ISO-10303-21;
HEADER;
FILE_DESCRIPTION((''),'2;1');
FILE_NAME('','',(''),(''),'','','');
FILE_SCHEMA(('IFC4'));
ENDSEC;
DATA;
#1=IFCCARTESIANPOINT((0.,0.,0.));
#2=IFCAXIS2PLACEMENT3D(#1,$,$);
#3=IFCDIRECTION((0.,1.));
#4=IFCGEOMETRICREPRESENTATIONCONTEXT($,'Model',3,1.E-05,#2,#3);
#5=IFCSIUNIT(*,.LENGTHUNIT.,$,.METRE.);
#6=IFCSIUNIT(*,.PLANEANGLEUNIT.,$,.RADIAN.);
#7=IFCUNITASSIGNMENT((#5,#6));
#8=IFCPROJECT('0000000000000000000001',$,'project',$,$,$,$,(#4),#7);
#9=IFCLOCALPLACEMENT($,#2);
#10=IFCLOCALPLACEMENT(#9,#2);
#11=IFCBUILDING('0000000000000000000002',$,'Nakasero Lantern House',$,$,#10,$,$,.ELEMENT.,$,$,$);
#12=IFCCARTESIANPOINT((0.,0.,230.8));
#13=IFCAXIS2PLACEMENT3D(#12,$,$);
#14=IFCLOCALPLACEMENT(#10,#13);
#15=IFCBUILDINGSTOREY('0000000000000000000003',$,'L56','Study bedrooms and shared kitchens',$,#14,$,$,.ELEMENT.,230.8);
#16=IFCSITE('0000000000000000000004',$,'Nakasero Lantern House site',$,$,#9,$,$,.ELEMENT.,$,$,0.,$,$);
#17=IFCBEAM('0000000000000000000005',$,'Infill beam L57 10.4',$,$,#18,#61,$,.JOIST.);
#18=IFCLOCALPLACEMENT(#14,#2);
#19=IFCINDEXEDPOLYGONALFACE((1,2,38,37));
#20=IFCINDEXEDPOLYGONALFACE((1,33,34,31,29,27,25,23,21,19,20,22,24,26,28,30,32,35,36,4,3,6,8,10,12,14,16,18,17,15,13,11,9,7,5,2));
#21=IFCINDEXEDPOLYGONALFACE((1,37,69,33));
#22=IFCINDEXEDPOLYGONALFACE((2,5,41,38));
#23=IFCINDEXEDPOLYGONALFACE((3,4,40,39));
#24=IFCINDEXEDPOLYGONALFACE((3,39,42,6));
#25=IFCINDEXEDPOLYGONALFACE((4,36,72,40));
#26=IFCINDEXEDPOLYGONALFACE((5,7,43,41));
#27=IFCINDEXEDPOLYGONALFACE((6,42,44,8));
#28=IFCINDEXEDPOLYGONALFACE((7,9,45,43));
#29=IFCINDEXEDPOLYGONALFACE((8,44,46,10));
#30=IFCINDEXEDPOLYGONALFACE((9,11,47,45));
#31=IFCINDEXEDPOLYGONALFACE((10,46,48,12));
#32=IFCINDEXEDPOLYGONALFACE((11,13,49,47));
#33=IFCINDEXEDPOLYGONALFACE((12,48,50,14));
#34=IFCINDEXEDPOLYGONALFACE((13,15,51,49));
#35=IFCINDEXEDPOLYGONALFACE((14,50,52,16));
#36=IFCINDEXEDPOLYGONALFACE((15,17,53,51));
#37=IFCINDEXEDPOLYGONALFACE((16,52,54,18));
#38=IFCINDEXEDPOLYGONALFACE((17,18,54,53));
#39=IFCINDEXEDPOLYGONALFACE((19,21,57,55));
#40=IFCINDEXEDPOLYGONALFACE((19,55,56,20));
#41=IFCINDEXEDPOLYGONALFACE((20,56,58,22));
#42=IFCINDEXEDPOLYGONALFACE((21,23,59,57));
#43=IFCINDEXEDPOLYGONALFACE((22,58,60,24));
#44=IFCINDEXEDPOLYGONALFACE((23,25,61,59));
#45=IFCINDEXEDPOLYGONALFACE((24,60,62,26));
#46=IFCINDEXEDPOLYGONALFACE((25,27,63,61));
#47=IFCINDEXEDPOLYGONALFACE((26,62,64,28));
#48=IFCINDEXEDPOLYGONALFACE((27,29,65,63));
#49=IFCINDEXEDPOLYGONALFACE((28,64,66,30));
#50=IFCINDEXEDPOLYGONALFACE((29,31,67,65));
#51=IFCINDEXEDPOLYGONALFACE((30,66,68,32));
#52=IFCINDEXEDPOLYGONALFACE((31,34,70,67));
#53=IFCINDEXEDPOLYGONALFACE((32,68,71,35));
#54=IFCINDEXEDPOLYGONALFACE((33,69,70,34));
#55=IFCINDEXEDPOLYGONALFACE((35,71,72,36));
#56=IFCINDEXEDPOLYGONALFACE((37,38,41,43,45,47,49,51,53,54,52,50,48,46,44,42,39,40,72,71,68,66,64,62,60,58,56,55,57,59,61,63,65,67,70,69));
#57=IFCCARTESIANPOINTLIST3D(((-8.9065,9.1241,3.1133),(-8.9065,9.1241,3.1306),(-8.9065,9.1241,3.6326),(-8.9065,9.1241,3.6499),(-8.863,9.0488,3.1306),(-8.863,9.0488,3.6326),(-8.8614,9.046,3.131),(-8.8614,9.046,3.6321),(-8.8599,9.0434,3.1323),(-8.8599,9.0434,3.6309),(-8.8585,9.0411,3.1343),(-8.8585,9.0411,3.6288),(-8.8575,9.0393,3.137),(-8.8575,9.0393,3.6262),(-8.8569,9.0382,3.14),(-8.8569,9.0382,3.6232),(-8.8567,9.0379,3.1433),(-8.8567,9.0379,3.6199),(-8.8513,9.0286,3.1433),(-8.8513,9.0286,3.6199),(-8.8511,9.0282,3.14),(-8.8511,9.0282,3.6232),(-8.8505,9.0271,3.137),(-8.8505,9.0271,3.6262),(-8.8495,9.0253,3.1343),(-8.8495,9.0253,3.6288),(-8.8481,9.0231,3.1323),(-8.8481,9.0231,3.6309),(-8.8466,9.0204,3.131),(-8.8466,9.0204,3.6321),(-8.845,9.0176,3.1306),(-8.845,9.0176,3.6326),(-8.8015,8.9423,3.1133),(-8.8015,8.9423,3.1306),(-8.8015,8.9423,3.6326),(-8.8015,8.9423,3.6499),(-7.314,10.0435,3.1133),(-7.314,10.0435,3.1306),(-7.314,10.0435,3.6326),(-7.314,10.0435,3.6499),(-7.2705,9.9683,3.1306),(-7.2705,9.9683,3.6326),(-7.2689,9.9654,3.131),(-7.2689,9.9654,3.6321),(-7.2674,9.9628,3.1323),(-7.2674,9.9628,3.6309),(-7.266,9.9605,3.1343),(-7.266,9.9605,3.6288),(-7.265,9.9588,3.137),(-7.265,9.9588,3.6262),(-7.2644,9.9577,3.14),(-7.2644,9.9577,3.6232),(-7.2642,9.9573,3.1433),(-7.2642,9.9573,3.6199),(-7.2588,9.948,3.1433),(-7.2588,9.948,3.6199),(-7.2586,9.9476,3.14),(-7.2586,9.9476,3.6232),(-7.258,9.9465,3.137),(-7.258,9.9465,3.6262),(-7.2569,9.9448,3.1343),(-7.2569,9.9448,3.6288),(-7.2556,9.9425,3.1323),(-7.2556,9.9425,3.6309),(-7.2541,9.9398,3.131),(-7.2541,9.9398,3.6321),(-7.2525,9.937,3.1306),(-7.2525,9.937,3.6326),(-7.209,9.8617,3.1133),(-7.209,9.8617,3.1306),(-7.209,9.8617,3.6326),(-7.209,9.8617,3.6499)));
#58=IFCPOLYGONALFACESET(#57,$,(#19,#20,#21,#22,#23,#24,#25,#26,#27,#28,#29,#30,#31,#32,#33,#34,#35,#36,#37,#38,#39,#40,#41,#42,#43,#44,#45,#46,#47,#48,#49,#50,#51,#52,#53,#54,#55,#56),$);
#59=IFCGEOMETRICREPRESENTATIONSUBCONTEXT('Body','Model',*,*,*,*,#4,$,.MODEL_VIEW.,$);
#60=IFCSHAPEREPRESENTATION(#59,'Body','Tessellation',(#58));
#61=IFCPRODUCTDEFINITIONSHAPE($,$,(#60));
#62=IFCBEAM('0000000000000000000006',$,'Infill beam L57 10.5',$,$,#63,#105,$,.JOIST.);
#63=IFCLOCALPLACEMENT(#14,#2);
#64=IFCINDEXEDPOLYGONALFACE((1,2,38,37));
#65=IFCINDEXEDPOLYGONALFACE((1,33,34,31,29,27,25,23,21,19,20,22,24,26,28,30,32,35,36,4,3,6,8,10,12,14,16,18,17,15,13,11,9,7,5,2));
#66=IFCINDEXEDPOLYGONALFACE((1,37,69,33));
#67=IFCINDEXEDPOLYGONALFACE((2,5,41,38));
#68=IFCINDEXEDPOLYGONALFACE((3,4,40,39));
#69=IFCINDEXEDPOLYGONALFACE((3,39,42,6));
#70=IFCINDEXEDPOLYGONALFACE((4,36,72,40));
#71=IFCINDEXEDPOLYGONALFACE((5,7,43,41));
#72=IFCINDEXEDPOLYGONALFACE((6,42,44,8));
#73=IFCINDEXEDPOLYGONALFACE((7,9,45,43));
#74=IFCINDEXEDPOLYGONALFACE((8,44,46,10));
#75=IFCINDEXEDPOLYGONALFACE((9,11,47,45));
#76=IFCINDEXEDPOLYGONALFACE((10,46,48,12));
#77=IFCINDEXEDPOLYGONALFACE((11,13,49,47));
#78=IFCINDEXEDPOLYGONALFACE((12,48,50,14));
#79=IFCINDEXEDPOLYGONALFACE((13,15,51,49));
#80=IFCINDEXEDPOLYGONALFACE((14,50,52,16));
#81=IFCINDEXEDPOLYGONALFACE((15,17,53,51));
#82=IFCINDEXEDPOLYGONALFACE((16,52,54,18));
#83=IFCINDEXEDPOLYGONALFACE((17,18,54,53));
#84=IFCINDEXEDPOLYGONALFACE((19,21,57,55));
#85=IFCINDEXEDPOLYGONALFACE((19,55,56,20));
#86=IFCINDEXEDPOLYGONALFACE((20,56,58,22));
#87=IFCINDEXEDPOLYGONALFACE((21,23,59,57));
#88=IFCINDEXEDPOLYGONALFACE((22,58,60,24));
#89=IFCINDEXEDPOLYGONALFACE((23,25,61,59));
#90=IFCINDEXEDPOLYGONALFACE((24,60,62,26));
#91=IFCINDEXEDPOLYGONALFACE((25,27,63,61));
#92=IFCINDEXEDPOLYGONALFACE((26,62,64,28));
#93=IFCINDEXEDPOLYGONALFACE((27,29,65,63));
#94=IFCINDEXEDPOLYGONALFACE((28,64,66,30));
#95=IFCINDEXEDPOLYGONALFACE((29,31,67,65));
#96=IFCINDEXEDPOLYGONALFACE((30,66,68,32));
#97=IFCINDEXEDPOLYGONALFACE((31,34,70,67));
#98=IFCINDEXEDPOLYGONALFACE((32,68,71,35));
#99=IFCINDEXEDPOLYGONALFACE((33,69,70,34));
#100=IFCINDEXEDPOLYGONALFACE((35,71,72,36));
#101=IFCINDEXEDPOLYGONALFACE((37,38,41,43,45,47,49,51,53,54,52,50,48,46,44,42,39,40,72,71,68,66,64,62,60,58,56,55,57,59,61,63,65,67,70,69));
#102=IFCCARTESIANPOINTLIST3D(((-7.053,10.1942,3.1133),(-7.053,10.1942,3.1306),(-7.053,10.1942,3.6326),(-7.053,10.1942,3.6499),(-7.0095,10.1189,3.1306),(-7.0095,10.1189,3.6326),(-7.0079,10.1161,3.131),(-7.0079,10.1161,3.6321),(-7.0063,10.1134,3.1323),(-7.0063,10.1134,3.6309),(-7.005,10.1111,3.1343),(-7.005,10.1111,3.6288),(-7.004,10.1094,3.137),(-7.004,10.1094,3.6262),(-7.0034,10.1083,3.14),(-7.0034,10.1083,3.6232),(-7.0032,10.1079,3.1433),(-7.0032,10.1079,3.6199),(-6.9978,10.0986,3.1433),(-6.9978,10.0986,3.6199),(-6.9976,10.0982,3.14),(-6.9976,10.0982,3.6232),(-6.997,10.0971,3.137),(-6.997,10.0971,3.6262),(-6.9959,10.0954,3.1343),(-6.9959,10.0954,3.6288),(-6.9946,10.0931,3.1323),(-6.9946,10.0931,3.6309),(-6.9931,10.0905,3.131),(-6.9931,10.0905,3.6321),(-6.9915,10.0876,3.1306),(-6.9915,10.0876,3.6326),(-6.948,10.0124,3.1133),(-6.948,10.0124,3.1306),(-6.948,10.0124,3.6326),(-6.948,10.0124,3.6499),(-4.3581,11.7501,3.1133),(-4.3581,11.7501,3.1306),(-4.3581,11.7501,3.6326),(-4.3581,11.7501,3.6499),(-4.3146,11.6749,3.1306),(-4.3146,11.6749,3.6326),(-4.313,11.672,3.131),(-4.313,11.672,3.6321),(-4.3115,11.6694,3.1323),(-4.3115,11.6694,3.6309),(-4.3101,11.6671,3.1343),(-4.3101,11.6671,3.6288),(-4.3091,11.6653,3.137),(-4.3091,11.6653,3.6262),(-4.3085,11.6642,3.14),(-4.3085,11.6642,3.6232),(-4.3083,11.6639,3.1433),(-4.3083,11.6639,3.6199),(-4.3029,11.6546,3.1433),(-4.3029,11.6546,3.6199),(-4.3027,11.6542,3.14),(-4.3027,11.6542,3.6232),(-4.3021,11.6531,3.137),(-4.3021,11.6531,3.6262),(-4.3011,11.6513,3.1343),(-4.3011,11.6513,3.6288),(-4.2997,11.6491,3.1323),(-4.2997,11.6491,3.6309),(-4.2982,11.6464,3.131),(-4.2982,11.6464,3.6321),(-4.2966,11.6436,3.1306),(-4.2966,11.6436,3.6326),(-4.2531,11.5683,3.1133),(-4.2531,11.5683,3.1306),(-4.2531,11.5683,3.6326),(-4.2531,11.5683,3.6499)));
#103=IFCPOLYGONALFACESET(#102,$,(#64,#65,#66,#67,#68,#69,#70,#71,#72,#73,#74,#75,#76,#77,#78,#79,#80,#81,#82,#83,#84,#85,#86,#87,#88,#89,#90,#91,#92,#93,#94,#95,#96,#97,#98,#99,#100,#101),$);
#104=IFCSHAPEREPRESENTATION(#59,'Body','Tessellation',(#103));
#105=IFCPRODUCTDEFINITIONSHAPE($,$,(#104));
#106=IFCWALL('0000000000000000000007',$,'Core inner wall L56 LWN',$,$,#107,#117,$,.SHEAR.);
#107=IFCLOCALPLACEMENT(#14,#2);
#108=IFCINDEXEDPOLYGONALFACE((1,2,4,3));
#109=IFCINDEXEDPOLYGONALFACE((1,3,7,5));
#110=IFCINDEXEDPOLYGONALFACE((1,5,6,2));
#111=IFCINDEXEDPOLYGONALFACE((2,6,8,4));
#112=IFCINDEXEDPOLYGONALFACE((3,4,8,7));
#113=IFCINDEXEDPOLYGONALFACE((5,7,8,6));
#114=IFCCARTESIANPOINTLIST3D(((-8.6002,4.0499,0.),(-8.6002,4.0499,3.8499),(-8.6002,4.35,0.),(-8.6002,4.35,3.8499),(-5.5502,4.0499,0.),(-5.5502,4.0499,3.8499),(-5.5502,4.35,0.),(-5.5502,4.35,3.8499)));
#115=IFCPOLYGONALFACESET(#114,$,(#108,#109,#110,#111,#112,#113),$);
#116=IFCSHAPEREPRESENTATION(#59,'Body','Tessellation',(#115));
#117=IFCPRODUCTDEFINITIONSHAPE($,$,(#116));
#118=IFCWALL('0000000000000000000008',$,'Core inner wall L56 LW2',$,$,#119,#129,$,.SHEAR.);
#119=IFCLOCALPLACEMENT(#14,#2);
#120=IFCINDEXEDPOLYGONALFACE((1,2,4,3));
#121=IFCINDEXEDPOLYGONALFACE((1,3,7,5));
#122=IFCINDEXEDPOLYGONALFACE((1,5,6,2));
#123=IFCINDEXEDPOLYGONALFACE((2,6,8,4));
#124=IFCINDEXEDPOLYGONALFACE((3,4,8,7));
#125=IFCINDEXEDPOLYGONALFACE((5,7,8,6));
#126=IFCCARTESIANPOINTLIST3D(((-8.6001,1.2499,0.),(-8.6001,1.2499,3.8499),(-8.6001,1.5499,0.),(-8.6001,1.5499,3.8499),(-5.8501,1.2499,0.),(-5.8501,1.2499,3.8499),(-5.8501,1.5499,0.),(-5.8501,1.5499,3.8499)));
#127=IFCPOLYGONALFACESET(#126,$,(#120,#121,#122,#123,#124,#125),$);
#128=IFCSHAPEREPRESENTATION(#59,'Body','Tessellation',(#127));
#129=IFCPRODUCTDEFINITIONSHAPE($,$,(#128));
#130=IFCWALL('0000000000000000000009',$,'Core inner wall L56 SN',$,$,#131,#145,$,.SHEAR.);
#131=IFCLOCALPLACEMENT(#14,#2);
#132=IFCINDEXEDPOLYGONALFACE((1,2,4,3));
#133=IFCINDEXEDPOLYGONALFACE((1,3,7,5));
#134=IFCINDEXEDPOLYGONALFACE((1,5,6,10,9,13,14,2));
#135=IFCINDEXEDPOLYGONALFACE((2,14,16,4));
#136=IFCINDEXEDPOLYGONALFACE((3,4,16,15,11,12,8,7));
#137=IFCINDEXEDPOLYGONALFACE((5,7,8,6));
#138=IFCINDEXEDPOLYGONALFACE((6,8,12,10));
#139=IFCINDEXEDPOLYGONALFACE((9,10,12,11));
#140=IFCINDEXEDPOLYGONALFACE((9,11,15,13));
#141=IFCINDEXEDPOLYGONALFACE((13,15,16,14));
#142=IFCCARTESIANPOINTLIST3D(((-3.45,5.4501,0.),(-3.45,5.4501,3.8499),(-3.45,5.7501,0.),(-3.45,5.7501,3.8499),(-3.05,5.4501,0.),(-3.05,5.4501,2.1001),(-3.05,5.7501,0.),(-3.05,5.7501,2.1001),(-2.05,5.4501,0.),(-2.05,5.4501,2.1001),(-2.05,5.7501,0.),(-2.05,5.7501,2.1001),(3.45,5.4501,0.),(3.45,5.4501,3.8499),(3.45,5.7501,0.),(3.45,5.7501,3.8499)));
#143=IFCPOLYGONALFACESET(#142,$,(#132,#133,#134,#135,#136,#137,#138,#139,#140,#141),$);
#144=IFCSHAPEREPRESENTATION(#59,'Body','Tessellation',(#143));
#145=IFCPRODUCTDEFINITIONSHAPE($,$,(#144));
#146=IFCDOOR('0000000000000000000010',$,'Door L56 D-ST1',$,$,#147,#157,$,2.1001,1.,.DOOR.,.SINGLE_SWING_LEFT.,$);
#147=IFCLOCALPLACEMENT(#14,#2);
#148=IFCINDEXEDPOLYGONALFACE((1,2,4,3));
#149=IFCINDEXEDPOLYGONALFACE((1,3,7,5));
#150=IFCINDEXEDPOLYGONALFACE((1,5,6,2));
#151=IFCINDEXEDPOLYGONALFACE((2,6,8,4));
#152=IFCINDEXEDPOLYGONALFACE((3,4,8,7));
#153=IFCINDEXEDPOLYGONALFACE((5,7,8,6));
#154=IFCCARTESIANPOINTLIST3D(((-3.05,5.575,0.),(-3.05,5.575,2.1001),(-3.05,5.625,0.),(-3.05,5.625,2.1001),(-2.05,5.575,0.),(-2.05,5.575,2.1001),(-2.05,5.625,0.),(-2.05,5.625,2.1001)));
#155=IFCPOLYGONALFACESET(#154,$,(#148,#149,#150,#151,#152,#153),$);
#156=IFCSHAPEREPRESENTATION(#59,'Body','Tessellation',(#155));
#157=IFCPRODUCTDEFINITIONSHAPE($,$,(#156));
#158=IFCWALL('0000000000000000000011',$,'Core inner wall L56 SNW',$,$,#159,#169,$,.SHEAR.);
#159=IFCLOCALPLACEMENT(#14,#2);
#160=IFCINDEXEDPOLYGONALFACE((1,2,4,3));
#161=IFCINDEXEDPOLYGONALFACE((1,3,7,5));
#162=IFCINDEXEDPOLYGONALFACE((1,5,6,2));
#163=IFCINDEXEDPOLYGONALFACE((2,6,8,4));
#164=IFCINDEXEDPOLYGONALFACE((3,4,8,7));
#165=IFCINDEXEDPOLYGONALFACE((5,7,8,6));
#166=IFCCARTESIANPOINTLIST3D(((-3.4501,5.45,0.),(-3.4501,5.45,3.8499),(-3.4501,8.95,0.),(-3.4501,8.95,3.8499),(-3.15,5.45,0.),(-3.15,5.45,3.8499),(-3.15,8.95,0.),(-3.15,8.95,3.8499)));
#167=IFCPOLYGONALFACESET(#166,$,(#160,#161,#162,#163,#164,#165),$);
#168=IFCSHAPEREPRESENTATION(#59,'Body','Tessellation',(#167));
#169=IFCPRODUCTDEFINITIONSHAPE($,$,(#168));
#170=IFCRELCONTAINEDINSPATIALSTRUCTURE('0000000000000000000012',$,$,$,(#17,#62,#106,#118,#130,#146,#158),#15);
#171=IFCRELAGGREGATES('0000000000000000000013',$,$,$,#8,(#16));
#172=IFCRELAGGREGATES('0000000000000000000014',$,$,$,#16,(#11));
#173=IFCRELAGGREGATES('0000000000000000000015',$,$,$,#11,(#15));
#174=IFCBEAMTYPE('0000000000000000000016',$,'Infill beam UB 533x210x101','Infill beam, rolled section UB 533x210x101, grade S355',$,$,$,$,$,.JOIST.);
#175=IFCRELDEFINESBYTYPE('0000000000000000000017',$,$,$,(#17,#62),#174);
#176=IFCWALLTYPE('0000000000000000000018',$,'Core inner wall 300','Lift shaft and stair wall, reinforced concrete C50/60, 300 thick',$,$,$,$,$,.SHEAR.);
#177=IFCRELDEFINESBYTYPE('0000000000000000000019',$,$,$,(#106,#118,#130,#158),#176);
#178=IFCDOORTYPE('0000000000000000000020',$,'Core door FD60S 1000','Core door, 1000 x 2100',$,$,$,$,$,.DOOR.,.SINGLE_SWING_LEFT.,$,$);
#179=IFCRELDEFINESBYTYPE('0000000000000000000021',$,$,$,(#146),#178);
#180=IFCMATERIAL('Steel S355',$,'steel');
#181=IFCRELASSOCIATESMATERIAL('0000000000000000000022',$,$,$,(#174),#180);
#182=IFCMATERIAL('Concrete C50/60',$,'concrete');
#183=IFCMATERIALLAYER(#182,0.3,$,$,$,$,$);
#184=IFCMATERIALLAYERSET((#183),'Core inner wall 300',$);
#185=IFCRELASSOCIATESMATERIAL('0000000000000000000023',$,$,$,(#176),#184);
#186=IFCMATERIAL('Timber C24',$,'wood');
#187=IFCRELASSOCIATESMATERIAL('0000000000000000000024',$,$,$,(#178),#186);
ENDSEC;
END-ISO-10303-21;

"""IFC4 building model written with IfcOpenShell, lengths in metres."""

from ifc_helpers import new_model, si_unit, direction, frame, frame_2d, origin, origin_2d, place, context, subcontext, project, spatial, rectangle, i_section, extrude, material, layer, layer_set, material_profile, profile_set, type_object, element, fill, save


model = new_model("IFC4")

# Units and contexts
model_context = context("Model", 3, precision=1e-05, world=origin(), true_north=direction((0.0, 1.0)))
body_context = subcontext(model_context, "Body", "Model", "MODEL_VIEW")
ifc_project = project(units=[si_unit("LENGTHUNIT", "METRE"), si_unit("PLANEANGLEUNIT", "RADIAN")], contexts=[model_context])

# Site, building, storey
site_placement = place(None, origin())
site = spatial("IfcSite", under=ifc_project, at=site_placement, Name="Nakasero Lantern House site", CompositionType="ELEMENT", RefElevation=0.0)
building_placement = place(site_placement, origin())
building = spatial("IfcBuilding", under=site, at=building_placement, Name="Nakasero Lantern House", CompositionType="ELEMENT")
storey_placement = place(building_placement, frame((0.0, 0.0, 230.8)))
storey = spatial("IfcBuildingStorey", under=building, at=storey_placement, Name="L56", Description="Study bedrooms and shared kitchens", CompositionType="ELEMENT", Elevation=230.8)

# Beams
ifc_material_1 = material(Name="Steel S355", Category="steel")
ifc_material_profile = material_profile(ifc_material_1, i_section(OverallWidth=0.21, OverallDepth=0.5366, WebThickness=0.0107, FlangeThickness=0.0173, FilletRadius=0.0127, at=origin_2d()), Name="UB 533x210x101")
ifc_profile_set = profile_set([ifc_material_profile], Name="Steel S355")
beam_type = type_object("IfcBeamType", Name="Infill beam UB 533x210x101", Description="Infill beam, rolled section UB 533x210x101, grade S355", PredefinedType="JOIST", material=ifc_profile_set)
beam_1_placement = place(storey_placement, frame((-8.854, 9.0332, 3.3816), z_axis=(0.866029, 0.499994, 0.0), x_axis=(-0.499994, 0.866029, 0.0)))
element("IfcBeam", 1, at=beam_1_placement, inside=storey, type_object=beam_type, Name="Infill beam L57 10.4", PredefinedType="JOIST", context=body_context, shape_type="SweptSolid", body=[
    extrude(i_section(OverallWidth=0.21, OverallDepth=0.5366, WebThickness=0.0107, FlangeThickness=0.0173, FilletRadius=0.0127, at=origin_2d()), origin(), (0.0, 0.0, 1.0), 1.8389),
])
beam_2_placement = place(storey_placement, frame((-7.0005, 10.1033, 3.3816), z_axis=(0.866018, 0.500012, 0.0), x_axis=(-0.500012, 0.866018, 0.0)))
element("IfcBeam", 2, at=beam_2_placement, inside=storey, type_object=beam_type, Name="Infill beam L57 10.5", PredefinedType="JOIST", context=body_context, shape_type="SweptSolid", body=[
    extrude(i_section(OverallWidth=0.21, OverallDepth=0.5366, WebThickness=0.0107, FlangeThickness=0.0173, FilletRadius=0.0127, at=origin_2d()), origin(), (0.0, 0.0, 1.0), 3.1118),
])

# Walls
ifc_material_2 = material(Name="Concrete C50/60", Category="concrete")
ifc_layer_1 = layer(ifc_material_2, 0.3)
ifc_layer_set_1 = layer_set([ifc_layer_1], Name="Core inner wall 300")
wall_type_1 = type_object("IfcWallType", Name="Core inner wall 300", Description="Lift shaft and stair wall, reinforced concrete C50/60, 300 thick", PredefinedType="SHEAR", material=ifc_layer_set_1)
wall_1_placement = place(storey_placement, frame((-8.6001, 4.2, 0.0), z_axis=(0.0, 0.0, 1.0), x_axis=(1.0, 0.0, 0.0)))
element("IfcWall", 3, at=wall_1_placement, inside=storey, type_object=wall_type_1, Name="Core inner wall L56 LWN", PredefinedType="SHEAR", context=body_context, shape_type="SweptSolid", body=[
    extrude(rectangle(XDim=3.05, YDim=0.3, at=frame_2d((1.5249, 0.0))), origin(), (0.0, 0.0, 1.0), 3.8499),
])
wall_2_placement = place(storey_placement, frame((-8.6001, 1.3999, 0.0), z_axis=(0.0, 0.0, 1.0), x_axis=(1.0, 0.0, 0.0)))
element("IfcWall", 4, at=wall_2_placement, inside=storey, type_object=wall_type_1, Name="Core inner wall L56 LW2", PredefinedType="SHEAR", context=body_context, shape_type="SweptSolid", body=[
    extrude(rectangle(XDim=2.75, YDim=0.3, at=frame_2d((1.375, 0.0))), origin(), (0.0, 0.0, 1.0), 3.8499),
])

# Wall, opening, door
wall_3_placement = place(storey_placement, frame((-3.45, 5.6001, 0.0), z_axis=(0.0, 0.0, 1.0), x_axis=(1.0, 0.0, 0.0)))
wall_3 = element("IfcWall", 5, at=wall_3_placement, inside=storey, type_object=wall_type_1, Name="Core inner wall L56 SN", PredefinedType="SHEAR", context=body_context, shape_type="SweptSolid", body=[
    extrude(rectangle(XDim=6.8999, YDim=0.3, at=frame_2d((3.45, 0.0))), origin(), (0.0, 0.0, 1.0), 3.8499),
])
opening_1_placement = place(wall_3_placement, frame((0.3999, 0.0, 0.0)))
opening_1 = element("IfcOpeningElement", 6, at=opening_1_placement, cuts=wall_3, PredefinedType="OPENING", context=body_context, shape_type="SweptSolid", body=[
    extrude(rectangle(XDim=1.0, YDim=2.1001, at=frame_2d((0.5, 1.05))), frame((0.0, 0.1699, 0.0), z_axis=(0.0, -1.0, 0.0), x_axis=(1.0, 0.0, 0.0)), (0.0, 0.0, 1.0), 0.3401),
])
ifc_material_3 = material(Name="Timber C24", Category="wood")
door_type_1 = type_object("IfcDoorType", Name="Core door FD60S 1000", Description="Core door, 1000 x 2100", OperationType="SINGLE_SWING_LEFT", PredefinedType="DOOR", material=ifc_material_3)
door_1_placement = place(opening_1_placement, origin())
door_1 = element("IfcDoor", 7, at=door_1_placement, inside=storey, type_object=door_type_1, Name="Door L56 D-ST1", OperationType="SINGLE_SWING_LEFT", OverallHeight=2.1001, OverallWidth=1.0, PredefinedType="DOOR", context=body_context, shape_type="SweptSolid", body=[
    extrude(rectangle(XDim=1.0, YDim=2.1001, at=frame_2d((0.5, 1.05))), frame((0.0, 0.0249, 0.0), z_axis=(0.0, -1.0, 0.0), x_axis=(1.0, 0.0, 0.0)), (0.0, 0.0, 1.0), 0.05),
])
fill(opening_1, door_1)

# Wall
wall_4_placement = place(storey_placement, frame((-3.3, 5.45, 0.0), z_axis=(0.0, 0.0, 1.0), x_axis=(0.0, 1.0, 0.0)))
element("IfcWall", 8, at=wall_4_placement, inside=storey, type_object=wall_type_1, Name="Core inner wall L56 SNW", PredefinedType="SHEAR", context=body_context, shape_type="SweptSolid", body=[
    extrude(rectangle(XDim=3.5, YDim=0.3, at=frame_2d((1.75, 0.0))), origin(), (0.0, 0.0, 1.0), 3.8499),
])

save(model, "model.ifc")
